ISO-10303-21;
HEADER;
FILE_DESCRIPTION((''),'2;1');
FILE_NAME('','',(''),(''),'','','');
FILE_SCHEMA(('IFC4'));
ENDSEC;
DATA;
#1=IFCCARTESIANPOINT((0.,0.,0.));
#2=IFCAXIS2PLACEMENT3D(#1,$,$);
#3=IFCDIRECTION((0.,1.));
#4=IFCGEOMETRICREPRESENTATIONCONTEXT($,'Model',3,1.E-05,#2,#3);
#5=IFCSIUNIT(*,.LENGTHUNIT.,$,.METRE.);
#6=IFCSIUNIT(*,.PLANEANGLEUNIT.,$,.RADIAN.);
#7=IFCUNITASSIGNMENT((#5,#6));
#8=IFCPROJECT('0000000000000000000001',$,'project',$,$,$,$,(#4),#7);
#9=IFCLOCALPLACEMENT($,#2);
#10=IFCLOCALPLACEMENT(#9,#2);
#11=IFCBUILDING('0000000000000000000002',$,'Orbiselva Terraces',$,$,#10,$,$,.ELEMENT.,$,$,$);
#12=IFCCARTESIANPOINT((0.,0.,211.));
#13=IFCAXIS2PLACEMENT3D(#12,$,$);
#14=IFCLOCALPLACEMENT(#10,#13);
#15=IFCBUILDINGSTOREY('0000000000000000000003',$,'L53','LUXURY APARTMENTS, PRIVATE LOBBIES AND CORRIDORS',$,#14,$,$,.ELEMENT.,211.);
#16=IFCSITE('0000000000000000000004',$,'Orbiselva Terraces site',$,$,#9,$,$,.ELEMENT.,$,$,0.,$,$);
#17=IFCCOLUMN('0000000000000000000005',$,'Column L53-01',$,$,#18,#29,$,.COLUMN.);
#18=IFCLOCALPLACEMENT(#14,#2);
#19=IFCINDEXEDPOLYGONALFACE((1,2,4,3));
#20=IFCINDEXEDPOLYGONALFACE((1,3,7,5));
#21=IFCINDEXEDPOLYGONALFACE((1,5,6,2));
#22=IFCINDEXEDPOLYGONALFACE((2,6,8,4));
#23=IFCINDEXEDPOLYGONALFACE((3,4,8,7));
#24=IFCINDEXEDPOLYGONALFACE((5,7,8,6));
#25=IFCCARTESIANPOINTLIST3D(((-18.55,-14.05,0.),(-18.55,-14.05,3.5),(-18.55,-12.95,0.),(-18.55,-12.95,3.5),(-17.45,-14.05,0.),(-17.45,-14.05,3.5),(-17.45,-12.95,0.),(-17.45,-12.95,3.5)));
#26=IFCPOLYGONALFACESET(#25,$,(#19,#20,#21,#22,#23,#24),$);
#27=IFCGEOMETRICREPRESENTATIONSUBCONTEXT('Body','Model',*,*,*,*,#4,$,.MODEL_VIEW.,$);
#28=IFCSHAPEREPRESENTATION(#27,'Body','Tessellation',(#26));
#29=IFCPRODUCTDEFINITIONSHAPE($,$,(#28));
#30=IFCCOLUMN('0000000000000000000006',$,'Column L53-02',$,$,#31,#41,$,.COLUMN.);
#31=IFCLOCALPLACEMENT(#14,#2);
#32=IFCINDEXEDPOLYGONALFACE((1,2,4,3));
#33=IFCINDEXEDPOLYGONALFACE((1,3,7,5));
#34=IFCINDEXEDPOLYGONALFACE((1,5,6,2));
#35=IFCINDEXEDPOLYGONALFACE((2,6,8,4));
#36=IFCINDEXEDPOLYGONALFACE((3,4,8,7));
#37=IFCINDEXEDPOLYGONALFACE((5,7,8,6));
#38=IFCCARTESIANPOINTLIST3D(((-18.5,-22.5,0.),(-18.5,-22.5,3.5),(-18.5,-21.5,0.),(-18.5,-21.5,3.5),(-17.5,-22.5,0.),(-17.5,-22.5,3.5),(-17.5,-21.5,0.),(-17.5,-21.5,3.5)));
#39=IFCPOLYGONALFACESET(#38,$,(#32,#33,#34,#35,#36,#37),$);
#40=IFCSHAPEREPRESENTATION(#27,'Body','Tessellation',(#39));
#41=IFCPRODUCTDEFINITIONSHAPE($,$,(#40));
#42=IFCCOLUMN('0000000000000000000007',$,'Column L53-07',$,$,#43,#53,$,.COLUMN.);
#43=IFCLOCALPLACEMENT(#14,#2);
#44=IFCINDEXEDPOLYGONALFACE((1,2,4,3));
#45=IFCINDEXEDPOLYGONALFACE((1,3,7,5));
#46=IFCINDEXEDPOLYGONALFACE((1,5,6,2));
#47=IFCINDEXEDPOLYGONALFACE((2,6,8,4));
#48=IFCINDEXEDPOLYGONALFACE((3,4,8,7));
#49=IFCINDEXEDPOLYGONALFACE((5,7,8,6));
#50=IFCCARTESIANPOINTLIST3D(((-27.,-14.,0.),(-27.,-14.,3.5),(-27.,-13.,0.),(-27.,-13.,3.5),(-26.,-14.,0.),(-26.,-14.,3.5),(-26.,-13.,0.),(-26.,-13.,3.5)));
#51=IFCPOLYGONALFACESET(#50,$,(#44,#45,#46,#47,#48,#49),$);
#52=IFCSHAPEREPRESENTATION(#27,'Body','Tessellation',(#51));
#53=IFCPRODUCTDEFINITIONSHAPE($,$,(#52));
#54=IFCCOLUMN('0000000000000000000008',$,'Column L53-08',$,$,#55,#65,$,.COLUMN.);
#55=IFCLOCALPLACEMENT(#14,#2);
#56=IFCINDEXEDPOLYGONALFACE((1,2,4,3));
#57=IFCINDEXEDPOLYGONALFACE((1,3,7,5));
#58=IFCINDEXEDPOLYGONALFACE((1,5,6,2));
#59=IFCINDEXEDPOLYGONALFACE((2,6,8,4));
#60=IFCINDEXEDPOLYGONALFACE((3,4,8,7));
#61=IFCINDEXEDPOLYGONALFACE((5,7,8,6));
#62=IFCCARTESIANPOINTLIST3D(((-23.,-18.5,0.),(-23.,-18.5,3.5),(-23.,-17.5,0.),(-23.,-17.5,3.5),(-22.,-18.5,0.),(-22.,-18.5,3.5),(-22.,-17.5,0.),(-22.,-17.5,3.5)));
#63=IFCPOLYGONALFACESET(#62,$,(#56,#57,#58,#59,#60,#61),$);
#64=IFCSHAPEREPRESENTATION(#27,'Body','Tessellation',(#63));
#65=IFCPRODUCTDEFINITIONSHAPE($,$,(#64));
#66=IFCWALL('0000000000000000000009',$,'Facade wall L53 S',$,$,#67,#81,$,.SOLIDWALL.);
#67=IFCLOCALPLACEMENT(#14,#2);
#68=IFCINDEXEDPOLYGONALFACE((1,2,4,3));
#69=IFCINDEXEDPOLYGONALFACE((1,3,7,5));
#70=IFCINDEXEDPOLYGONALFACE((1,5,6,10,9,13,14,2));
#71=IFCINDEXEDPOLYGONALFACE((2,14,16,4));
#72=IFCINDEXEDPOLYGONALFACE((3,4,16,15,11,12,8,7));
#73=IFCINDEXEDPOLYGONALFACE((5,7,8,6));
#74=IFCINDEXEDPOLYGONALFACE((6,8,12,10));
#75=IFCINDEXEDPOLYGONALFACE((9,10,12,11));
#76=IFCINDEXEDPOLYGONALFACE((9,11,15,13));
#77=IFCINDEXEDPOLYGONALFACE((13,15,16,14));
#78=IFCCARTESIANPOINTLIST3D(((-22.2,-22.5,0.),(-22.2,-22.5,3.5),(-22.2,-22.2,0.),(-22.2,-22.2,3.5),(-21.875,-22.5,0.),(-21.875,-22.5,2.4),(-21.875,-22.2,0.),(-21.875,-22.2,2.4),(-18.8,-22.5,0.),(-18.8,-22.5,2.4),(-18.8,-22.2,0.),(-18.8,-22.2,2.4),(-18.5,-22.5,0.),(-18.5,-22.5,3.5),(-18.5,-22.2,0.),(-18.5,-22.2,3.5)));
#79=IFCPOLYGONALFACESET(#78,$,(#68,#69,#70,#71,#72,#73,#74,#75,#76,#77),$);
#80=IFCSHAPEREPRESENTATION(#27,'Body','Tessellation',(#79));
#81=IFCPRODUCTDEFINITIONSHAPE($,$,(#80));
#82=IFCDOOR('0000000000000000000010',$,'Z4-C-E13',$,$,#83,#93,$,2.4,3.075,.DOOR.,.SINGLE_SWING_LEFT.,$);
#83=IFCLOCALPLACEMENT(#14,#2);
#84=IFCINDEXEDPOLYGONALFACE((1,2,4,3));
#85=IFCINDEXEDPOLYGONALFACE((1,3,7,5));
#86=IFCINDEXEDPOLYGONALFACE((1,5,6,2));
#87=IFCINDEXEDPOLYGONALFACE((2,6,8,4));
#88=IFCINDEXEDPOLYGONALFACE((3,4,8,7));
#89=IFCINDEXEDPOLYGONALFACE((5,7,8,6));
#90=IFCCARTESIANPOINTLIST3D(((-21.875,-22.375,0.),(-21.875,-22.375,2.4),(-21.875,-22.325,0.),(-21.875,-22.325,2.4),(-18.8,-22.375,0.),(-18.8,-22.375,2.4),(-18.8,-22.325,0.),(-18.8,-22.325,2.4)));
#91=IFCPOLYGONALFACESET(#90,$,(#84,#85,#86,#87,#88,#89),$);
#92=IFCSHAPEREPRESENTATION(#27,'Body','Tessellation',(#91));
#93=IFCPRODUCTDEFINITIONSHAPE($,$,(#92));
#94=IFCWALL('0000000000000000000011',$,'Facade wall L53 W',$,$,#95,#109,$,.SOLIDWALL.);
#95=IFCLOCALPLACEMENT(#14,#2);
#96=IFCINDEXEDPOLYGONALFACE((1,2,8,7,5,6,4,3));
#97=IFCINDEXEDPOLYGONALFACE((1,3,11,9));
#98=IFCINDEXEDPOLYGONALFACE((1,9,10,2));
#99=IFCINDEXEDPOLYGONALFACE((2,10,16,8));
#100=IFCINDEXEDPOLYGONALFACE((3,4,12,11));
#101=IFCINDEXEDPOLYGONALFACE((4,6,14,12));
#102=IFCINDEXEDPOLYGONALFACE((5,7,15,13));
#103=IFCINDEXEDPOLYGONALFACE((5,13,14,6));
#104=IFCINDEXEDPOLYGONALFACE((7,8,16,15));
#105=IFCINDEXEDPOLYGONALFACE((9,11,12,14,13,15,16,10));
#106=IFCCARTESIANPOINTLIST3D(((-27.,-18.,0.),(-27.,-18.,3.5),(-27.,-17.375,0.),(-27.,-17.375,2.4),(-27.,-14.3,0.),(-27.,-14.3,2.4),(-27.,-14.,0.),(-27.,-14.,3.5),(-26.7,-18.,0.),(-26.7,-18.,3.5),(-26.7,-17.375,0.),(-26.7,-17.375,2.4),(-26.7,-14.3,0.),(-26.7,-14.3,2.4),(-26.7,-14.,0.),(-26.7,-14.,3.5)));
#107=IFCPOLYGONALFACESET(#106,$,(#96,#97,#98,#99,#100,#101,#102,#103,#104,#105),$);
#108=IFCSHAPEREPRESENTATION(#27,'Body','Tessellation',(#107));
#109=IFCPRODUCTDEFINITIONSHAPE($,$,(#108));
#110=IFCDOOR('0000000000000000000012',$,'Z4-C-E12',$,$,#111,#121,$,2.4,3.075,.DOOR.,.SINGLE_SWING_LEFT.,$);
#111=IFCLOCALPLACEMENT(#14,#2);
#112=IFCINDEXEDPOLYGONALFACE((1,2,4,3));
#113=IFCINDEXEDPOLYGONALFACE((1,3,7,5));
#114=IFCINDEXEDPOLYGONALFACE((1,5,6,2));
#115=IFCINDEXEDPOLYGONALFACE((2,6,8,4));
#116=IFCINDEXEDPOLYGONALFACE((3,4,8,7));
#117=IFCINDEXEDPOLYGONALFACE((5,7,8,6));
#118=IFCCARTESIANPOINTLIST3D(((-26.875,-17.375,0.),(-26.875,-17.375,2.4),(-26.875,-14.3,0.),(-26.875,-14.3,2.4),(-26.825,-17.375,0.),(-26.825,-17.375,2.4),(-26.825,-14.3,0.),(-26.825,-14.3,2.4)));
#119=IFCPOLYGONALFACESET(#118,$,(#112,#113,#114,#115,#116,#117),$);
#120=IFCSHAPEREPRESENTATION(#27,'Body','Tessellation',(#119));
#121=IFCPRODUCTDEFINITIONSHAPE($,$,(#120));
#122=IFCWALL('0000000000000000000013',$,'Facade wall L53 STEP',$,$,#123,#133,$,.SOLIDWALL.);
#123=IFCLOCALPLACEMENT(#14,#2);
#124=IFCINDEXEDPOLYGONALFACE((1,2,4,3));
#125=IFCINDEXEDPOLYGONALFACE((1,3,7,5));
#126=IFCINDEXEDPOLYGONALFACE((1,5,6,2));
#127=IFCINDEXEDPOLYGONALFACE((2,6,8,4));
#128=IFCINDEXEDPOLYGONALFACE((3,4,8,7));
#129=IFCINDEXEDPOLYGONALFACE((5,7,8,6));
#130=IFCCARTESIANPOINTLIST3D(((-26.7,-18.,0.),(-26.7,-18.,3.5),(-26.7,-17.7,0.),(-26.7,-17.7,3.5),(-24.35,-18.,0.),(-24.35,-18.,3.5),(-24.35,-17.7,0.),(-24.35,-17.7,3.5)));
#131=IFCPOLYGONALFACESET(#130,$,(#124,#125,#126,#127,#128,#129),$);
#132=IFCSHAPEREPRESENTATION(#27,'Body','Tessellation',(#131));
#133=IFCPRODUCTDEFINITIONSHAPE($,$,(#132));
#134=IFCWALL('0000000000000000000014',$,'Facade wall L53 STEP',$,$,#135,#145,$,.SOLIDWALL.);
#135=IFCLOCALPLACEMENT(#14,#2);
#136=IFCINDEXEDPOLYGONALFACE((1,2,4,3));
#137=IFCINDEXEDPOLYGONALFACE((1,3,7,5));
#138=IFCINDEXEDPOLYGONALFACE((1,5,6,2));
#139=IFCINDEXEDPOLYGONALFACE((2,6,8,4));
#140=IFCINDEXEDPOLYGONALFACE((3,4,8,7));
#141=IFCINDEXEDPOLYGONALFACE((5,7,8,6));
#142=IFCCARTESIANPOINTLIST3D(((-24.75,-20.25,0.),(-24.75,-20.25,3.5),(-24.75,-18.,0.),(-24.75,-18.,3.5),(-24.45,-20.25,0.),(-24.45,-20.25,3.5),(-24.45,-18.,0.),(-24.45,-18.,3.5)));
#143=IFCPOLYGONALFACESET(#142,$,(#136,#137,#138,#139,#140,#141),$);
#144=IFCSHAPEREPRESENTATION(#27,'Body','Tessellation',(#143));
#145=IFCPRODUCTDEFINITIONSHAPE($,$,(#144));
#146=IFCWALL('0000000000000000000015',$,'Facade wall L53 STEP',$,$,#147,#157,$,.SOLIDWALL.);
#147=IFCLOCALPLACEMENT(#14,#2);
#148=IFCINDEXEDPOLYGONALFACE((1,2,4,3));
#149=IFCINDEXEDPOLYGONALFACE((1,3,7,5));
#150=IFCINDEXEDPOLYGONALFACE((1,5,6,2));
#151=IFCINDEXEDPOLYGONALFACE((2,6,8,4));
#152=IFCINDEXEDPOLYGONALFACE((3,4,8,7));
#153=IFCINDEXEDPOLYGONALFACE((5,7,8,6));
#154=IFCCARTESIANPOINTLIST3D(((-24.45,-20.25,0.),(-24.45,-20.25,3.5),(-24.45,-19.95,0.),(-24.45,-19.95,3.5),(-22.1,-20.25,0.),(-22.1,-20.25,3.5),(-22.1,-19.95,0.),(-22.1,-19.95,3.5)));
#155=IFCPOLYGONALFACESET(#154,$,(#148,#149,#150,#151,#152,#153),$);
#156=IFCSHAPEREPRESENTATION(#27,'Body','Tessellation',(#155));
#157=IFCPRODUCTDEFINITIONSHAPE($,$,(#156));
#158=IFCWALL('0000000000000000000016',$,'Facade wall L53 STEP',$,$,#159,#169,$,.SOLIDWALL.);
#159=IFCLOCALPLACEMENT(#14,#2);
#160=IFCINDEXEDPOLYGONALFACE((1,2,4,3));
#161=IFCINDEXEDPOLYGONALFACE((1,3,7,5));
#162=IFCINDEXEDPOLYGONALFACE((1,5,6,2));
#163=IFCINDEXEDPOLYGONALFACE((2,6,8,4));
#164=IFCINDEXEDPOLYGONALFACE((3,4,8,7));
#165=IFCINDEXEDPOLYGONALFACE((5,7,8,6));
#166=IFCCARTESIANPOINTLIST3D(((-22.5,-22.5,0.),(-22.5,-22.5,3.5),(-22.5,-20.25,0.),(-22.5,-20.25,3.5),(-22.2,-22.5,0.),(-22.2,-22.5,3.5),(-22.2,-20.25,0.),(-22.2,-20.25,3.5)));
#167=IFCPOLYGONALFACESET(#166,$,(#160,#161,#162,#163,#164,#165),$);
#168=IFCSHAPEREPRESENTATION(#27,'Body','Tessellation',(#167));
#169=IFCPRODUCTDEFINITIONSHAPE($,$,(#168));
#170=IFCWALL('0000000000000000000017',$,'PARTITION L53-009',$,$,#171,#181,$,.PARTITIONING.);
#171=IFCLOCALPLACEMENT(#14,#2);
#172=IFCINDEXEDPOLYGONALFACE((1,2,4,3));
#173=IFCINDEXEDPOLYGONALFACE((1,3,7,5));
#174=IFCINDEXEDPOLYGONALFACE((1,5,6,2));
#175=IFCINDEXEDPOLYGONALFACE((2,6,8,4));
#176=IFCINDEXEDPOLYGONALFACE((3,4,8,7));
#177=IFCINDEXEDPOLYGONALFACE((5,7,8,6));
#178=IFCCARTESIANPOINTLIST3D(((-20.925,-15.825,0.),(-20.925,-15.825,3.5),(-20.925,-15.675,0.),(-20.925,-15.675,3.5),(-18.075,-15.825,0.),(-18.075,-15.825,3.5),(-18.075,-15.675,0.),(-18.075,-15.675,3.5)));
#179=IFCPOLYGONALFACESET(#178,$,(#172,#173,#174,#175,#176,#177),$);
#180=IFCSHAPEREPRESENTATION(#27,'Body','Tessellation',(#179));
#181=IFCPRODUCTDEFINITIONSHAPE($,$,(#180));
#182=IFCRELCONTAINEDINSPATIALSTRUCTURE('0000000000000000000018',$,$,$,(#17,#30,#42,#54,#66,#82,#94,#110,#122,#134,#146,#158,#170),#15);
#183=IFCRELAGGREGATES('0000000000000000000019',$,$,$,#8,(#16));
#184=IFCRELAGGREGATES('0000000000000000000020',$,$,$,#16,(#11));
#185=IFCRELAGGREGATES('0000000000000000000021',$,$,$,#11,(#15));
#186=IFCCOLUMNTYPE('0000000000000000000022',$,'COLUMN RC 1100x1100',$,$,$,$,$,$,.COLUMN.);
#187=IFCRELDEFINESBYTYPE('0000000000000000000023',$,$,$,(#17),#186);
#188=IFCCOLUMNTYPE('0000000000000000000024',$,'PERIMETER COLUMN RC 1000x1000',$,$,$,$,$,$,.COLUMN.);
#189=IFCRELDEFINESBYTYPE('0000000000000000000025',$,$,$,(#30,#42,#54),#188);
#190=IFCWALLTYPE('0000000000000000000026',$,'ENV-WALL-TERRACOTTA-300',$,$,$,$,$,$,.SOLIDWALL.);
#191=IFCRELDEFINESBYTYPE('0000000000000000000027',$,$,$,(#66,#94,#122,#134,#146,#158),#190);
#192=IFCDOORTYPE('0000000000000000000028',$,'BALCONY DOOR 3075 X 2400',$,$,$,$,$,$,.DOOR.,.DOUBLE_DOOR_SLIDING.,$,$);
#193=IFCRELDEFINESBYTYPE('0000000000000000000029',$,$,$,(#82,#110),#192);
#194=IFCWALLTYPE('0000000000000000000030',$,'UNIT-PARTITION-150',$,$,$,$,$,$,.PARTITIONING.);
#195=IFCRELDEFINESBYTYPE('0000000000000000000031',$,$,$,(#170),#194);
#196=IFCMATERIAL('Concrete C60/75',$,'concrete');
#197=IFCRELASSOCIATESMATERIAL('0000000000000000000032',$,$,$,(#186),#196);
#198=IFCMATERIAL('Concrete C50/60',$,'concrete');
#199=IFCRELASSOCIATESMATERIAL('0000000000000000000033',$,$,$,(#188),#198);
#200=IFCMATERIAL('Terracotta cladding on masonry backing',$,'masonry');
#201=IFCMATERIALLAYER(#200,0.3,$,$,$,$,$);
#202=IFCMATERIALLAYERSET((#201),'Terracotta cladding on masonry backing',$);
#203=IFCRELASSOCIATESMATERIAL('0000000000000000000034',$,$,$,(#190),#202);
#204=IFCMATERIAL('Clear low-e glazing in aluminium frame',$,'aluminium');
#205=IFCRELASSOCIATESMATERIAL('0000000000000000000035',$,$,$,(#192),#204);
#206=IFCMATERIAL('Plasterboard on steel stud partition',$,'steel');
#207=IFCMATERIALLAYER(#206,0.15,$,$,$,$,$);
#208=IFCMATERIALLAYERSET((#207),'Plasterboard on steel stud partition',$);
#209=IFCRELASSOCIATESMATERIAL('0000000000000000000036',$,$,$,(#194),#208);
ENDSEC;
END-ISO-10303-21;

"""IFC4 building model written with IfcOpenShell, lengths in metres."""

from ifc_helpers import new_model, si_unit, direction, frame, frame_2d, origin, origin_2d, place, context, subcontext, project, spatial, rectangle, extrude, material, layer, layer_set, material_profile, profile_set, type_object, element, fill, save


model = new_model("IFC4")

# Units and contexts
model_context = context("Model", 3, precision=1e-05, world=origin(), true_north=direction((0.0, 1.0)))
body_context = subcontext(model_context, "Body", "Model", "MODEL_VIEW")
ifc_project = project(units=[si_unit("LENGTHUNIT", "METRE"), si_unit("PLANEANGLEUNIT", "RADIAN")], contexts=[model_context])

# Site, building, storey
site_placement = place(None, origin())
site = spatial("IfcSite", under=ifc_project, at=site_placement, Name="Orbiselva Terraces site", CompositionType="ELEMENT", RefElevation=0.0)
building_placement = place(site_placement, origin())
building = spatial("IfcBuilding", under=site, at=building_placement, Name="Orbiselva Terraces", CompositionType="ELEMENT")
storey_placement = place(building_placement, frame((0.0, 0.0, 211.0)))
storey = spatial("IfcBuildingStorey", under=building, at=storey_placement, Name="L53", Description="LUXURY APARTMENTS, PRIVATE LOBBIES AND CORRIDORS", CompositionType="ELEMENT", Elevation=211.0)

# Columns
ifc_material_1 = material(Name="Concrete C60/75", Category="concrete")
ifc_material_profile_1 = material_profile(ifc_material_1, rectangle(XDim=1.1, YDim=1.1, at=origin_2d()), Name="RC 1100x1100")
ifc_profile_set_1 = profile_set([ifc_material_profile_1], Name="Concrete C60/75")
column_type_1 = type_object("IfcColumnType", Name="COLUMN RC 1100x1100", PredefinedType="COLUMN", material=ifc_profile_set_1)
column_placement = place(storey_placement, frame((-18.0, -13.5, 0.0), z_axis=(0.0, 0.0, 1.0), x_axis=(1.0, 0.0, 0.0)))
element("IfcColumn", 1, at=column_placement, inside=storey, type_object=column_type_1, Name="Column L53-01", PredefinedType="COLUMN", context=body_context, shape_type="SweptSolid", body=[
    extrude(rectangle(XDim=1.1, YDim=1.1, at=origin_2d()), origin(), (0.0, 0.0, 1.0), 3.5),
])
ifc_material_2 = material(Name="Concrete C50/60", Category="concrete")
ifc_material_profile_2 = material_profile(ifc_material_2, rectangle(XDim=1.0, YDim=1.0, at=origin_2d()), Name="RC 1000x1000")
ifc_profile_set_2 = profile_set([ifc_material_profile_2], Name="Concrete C50/60")
column_type_2 = type_object("IfcColumnType", Name="PERIMETER COLUMN RC 1000x1000", PredefinedType="COLUMN", material=ifc_profile_set_2)
for number, where, z_axis, x_axis, name in (
    (2, (-18.0, -22.0, 0.0), (0.0, 0.0, 1.0), (1.0, 0.0, 0.0), "Column L53-02"),
    (3, (-26.5, -13.5, 0.0), (0.0, 0.0, 1.0), (1.0, 0.0, 0.0), "Column L53-07"),
    (4, (-22.5, -18.0, 0.0), (0.0, 0.0, 1.0), (1.0, 0.0, 0.0), "Column L53-08"),
):
    element("IfcColumn", number, at=place(storey_placement, frame(where, z_axis=z_axis, x_axis=x_axis)), inside=storey, type_object=column_type_2, Name=name, PredefinedType="COLUMN", context=body_context, shape_type="SweptSolid", body=[
        extrude(rectangle(XDim=1.0, YDim=1.0, at=origin_2d()), origin(), (0.0, 0.0, 1.0), 3.5),
    ])

# Walls, openings, doors
ifc_material_3 = material(Name="Terracotta cladding on masonry backing", Category="masonry")
ifc_layer_1 = layer(ifc_material_3, 0.3)
ifc_layer_set_1 = layer_set([ifc_layer_1], Name="Terracotta cladding on masonry backing")
wall_type_1 = type_object("IfcWallType", Name="ENV-WALL-TERRACOTTA-300", PredefinedType="SOLIDWALL", material=ifc_layer_set_1)
wall_1_placement = place(storey_placement, frame((-18.5, -22.35, 0.0), z_axis=(0.0, 0.0, 1.0), x_axis=(-1.0, 0.0, 0.0)))
wall_1 = element("IfcWall", 5, at=wall_1_placement, inside=storey, type_object=wall_type_1, Name="Facade wall L53 S", PredefinedType="SOLIDWALL", context=body_context, shape_type="SweptSolid", body=[
    extrude(rectangle(XDim=3.7, YDim=0.3, at=frame_2d((1.85, 0.0))), origin(), (0.0, 0.0, 1.0), 3.5),
])
opening_1_placement = place(wall_1_placement, frame((0.3, 0.0, 0.0)))
opening_1 = element("IfcOpeningElement", 6, at=opening_1_placement, cuts=wall_1, PredefinedType="OPENING", context=body_context, shape_type="SweptSolid", body=[
    extrude(rectangle(XDim=3.075, YDim=2.4, at=frame_2d((1.5375, 1.2))), frame((0.0, 0.16, 0.0), z_axis=(0.0, -1.0, 0.0), x_axis=(1.0, 0.0, 0.0)), (0.0, 0.0, 1.0), 0.32),
])
ifc_material_4 = material(Name="Clear low-e glazing in aluminium frame", Category="aluminium")
door_type_1 = type_object("IfcDoorType", Name="BALCONY DOOR 3075 X 2400", OperationType="DOUBLE_DOOR_SLIDING", PredefinedType="DOOR", material=ifc_material_4)
door_1_placement = place(opening_1_placement, origin())
door_1 = element("IfcDoor", 7, at=door_1_placement, inside=storey, type_object=door_type_1, Name="Z4-C-E13", OperationType="SINGLE_SWING_LEFT", OverallHeight=2.4, OverallWidth=3.075, PredefinedType="DOOR", context=body_context, shape_type="SweptSolid", body=[
    extrude(rectangle(XDim=3.075, YDim=2.4, at=frame_2d((1.5375, 1.2))), frame((0.0, 0.025, 0.0), z_axis=(0.0, -1.0, 0.0), x_axis=(1.0, 0.0, 0.0)), (0.0, 0.0, 1.0), 0.05),
])
fill(opening_1, door_1)
wall_2_placement = place(storey_placement, frame((-26.85, -18.0, 0.0), z_axis=(0.0, 0.0, 1.0), x_axis=(0.0, 1.0, 0.0)))
wall_2 = element("IfcWall", 8, at=wall_2_placement, inside=storey, type_object=wall_type_1, Name="Facade wall L53 W", PredefinedType="SOLIDWALL", context=body_context, shape_type="SweptSolid", body=[
    extrude(rectangle(XDim=4.0, YDim=0.3, at=frame_2d((2.0, 0.0))), origin(), (0.0, 0.0, 1.0), 3.5),
])
opening_2_placement = place(wall_2_placement, frame((0.625, 0.0, 0.0)))
opening_2 = element("IfcOpeningElement", 9, at=opening_2_placement, cuts=wall_2, PredefinedType="OPENING", context=body_context, shape_type="SweptSolid", body=[
    extrude(rectangle(XDim=3.075, YDim=2.4, at=frame_2d((1.5375, 1.2))), frame((0.0, 0.16, 0.0), z_axis=(0.0, -1.0, 0.0), x_axis=(1.0, 0.0, 0.0)), (0.0, 0.0, 1.0), 0.32),
])
door_2_placement = place(opening_2_placement, origin())
door_2 = element("IfcDoor", 10, at=door_2_placement, inside=storey, type_object=door_type_1, Name="Z4-C-E12", OperationType="SINGLE_SWING_LEFT", OverallHeight=2.4, OverallWidth=3.075, PredefinedType="DOOR", context=body_context, shape_type="SweptSolid", body=[
    extrude(rectangle(XDim=3.075, YDim=2.4, at=frame_2d((1.5375, 1.2))), frame((0.0, 0.025, 0.0), z_axis=(0.0, -1.0, 0.0), x_axis=(1.0, 0.0, 0.0)), (0.0, 0.0, 1.0), 0.05),
])
fill(opening_2, door_2)

# Walls
wall_3_placement = place(storey_placement, frame((-24.35, -17.85, 0.0), z_axis=(0.0, 0.0, 1.0), x_axis=(-1.0, 0.0, 0.0)))
element("IfcWall", 11, at=wall_3_placement, inside=storey, type_object=wall_type_1, Name="Facade wall L53 STEP", PredefinedType="SOLIDWALL", context=body_context, shape_type="SweptSolid", body=[
    extrude(rectangle(XDim=2.35, YDim=0.3, at=frame_2d((1.175, 0.0))), origin(), (0.0, 0.0, 1.0), 3.5),
])
wall_4_placement = place(storey_placement, frame((-24.6, -20.25, 0.0), z_axis=(0.0, 0.0, 1.0), x_axis=(0.0, 1.0, 0.0)))
element("IfcWall", 12, at=wall_4_placement, inside=storey, type_object=wall_type_1, Name="Facade wall L53 STEP", PredefinedType="SOLIDWALL", context=body_context, shape_type="SweptSolid", body=[
    extrude(rectangle(XDim=2.25, YDim=0.3, at=frame_2d((1.125, 0.0))), origin(), (0.0, 0.0, 1.0), 3.5),
])
wall_5_placement = place(storey_placement, frame((-22.1, -20.1, 0.0), z_axis=(0.0, 0.0, 1.0), x_axis=(-1.0, 0.0, 0.0)))
element("IfcWall", 13, at=wall_5_placement, inside=storey, type_object=wall_type_1, Name="Facade wall L53 STEP", PredefinedType="SOLIDWALL", context=body_context, shape_type="SweptSolid", body=[
    extrude(rectangle(XDim=2.35, YDim=0.3, at=frame_2d((1.175, 0.0))), origin(), (0.0, 0.0, 1.0), 3.5),
])
wall_6_placement = place(storey_placement, frame((-22.35, -22.5, 0.0), z_axis=(0.0, 0.0, 1.0), x_axis=(0.0, 1.0, 0.0)))
element("IfcWall", 14, at=wall_6_placement, inside=storey, type_object=wall_type_1, Name="Facade wall L53 STEP", PredefinedType="SOLIDWALL", context=body_context, shape_type="SweptSolid", body=[
    extrude(rectangle(XDim=2.25, YDim=0.3, at=frame_2d((1.125, 0.0))), origin(), (0.0, 0.0, 1.0), 3.5),
])
ifc_material_5 = material(Name="Plasterboard on steel stud partition", Category="steel")
ifc_layer_2 = layer(ifc_material_5, 0.15)
ifc_layer_set_2 = layer_set([ifc_layer_2], Name="Plasterboard on steel stud partition")
wall_type_2 = type_object("IfcWallType", Name="UNIT-PARTITION-150", PredefinedType="PARTITIONING", material=ifc_layer_set_2)
wall_7_placement = place(storey_placement, frame((-20.925, -15.75, 0.0), z_axis=(0.0, 0.0, 1.0), x_axis=(1.0, 0.0, 0.0)))
element("IfcWall", 15, at=wall_7_placement, inside=storey, type_object=wall_type_2, Name="PARTITION L53-009", PredefinedType="PARTITIONING", context=body_context, shape_type="SweptSolid", body=[
    extrude(rectangle(XDim=2.85, YDim=0.15, at=frame_2d((1.425, 0.0))), origin(), (0.0, 0.0, 1.0), 3.5),
])

save(model, "model.ifc")
